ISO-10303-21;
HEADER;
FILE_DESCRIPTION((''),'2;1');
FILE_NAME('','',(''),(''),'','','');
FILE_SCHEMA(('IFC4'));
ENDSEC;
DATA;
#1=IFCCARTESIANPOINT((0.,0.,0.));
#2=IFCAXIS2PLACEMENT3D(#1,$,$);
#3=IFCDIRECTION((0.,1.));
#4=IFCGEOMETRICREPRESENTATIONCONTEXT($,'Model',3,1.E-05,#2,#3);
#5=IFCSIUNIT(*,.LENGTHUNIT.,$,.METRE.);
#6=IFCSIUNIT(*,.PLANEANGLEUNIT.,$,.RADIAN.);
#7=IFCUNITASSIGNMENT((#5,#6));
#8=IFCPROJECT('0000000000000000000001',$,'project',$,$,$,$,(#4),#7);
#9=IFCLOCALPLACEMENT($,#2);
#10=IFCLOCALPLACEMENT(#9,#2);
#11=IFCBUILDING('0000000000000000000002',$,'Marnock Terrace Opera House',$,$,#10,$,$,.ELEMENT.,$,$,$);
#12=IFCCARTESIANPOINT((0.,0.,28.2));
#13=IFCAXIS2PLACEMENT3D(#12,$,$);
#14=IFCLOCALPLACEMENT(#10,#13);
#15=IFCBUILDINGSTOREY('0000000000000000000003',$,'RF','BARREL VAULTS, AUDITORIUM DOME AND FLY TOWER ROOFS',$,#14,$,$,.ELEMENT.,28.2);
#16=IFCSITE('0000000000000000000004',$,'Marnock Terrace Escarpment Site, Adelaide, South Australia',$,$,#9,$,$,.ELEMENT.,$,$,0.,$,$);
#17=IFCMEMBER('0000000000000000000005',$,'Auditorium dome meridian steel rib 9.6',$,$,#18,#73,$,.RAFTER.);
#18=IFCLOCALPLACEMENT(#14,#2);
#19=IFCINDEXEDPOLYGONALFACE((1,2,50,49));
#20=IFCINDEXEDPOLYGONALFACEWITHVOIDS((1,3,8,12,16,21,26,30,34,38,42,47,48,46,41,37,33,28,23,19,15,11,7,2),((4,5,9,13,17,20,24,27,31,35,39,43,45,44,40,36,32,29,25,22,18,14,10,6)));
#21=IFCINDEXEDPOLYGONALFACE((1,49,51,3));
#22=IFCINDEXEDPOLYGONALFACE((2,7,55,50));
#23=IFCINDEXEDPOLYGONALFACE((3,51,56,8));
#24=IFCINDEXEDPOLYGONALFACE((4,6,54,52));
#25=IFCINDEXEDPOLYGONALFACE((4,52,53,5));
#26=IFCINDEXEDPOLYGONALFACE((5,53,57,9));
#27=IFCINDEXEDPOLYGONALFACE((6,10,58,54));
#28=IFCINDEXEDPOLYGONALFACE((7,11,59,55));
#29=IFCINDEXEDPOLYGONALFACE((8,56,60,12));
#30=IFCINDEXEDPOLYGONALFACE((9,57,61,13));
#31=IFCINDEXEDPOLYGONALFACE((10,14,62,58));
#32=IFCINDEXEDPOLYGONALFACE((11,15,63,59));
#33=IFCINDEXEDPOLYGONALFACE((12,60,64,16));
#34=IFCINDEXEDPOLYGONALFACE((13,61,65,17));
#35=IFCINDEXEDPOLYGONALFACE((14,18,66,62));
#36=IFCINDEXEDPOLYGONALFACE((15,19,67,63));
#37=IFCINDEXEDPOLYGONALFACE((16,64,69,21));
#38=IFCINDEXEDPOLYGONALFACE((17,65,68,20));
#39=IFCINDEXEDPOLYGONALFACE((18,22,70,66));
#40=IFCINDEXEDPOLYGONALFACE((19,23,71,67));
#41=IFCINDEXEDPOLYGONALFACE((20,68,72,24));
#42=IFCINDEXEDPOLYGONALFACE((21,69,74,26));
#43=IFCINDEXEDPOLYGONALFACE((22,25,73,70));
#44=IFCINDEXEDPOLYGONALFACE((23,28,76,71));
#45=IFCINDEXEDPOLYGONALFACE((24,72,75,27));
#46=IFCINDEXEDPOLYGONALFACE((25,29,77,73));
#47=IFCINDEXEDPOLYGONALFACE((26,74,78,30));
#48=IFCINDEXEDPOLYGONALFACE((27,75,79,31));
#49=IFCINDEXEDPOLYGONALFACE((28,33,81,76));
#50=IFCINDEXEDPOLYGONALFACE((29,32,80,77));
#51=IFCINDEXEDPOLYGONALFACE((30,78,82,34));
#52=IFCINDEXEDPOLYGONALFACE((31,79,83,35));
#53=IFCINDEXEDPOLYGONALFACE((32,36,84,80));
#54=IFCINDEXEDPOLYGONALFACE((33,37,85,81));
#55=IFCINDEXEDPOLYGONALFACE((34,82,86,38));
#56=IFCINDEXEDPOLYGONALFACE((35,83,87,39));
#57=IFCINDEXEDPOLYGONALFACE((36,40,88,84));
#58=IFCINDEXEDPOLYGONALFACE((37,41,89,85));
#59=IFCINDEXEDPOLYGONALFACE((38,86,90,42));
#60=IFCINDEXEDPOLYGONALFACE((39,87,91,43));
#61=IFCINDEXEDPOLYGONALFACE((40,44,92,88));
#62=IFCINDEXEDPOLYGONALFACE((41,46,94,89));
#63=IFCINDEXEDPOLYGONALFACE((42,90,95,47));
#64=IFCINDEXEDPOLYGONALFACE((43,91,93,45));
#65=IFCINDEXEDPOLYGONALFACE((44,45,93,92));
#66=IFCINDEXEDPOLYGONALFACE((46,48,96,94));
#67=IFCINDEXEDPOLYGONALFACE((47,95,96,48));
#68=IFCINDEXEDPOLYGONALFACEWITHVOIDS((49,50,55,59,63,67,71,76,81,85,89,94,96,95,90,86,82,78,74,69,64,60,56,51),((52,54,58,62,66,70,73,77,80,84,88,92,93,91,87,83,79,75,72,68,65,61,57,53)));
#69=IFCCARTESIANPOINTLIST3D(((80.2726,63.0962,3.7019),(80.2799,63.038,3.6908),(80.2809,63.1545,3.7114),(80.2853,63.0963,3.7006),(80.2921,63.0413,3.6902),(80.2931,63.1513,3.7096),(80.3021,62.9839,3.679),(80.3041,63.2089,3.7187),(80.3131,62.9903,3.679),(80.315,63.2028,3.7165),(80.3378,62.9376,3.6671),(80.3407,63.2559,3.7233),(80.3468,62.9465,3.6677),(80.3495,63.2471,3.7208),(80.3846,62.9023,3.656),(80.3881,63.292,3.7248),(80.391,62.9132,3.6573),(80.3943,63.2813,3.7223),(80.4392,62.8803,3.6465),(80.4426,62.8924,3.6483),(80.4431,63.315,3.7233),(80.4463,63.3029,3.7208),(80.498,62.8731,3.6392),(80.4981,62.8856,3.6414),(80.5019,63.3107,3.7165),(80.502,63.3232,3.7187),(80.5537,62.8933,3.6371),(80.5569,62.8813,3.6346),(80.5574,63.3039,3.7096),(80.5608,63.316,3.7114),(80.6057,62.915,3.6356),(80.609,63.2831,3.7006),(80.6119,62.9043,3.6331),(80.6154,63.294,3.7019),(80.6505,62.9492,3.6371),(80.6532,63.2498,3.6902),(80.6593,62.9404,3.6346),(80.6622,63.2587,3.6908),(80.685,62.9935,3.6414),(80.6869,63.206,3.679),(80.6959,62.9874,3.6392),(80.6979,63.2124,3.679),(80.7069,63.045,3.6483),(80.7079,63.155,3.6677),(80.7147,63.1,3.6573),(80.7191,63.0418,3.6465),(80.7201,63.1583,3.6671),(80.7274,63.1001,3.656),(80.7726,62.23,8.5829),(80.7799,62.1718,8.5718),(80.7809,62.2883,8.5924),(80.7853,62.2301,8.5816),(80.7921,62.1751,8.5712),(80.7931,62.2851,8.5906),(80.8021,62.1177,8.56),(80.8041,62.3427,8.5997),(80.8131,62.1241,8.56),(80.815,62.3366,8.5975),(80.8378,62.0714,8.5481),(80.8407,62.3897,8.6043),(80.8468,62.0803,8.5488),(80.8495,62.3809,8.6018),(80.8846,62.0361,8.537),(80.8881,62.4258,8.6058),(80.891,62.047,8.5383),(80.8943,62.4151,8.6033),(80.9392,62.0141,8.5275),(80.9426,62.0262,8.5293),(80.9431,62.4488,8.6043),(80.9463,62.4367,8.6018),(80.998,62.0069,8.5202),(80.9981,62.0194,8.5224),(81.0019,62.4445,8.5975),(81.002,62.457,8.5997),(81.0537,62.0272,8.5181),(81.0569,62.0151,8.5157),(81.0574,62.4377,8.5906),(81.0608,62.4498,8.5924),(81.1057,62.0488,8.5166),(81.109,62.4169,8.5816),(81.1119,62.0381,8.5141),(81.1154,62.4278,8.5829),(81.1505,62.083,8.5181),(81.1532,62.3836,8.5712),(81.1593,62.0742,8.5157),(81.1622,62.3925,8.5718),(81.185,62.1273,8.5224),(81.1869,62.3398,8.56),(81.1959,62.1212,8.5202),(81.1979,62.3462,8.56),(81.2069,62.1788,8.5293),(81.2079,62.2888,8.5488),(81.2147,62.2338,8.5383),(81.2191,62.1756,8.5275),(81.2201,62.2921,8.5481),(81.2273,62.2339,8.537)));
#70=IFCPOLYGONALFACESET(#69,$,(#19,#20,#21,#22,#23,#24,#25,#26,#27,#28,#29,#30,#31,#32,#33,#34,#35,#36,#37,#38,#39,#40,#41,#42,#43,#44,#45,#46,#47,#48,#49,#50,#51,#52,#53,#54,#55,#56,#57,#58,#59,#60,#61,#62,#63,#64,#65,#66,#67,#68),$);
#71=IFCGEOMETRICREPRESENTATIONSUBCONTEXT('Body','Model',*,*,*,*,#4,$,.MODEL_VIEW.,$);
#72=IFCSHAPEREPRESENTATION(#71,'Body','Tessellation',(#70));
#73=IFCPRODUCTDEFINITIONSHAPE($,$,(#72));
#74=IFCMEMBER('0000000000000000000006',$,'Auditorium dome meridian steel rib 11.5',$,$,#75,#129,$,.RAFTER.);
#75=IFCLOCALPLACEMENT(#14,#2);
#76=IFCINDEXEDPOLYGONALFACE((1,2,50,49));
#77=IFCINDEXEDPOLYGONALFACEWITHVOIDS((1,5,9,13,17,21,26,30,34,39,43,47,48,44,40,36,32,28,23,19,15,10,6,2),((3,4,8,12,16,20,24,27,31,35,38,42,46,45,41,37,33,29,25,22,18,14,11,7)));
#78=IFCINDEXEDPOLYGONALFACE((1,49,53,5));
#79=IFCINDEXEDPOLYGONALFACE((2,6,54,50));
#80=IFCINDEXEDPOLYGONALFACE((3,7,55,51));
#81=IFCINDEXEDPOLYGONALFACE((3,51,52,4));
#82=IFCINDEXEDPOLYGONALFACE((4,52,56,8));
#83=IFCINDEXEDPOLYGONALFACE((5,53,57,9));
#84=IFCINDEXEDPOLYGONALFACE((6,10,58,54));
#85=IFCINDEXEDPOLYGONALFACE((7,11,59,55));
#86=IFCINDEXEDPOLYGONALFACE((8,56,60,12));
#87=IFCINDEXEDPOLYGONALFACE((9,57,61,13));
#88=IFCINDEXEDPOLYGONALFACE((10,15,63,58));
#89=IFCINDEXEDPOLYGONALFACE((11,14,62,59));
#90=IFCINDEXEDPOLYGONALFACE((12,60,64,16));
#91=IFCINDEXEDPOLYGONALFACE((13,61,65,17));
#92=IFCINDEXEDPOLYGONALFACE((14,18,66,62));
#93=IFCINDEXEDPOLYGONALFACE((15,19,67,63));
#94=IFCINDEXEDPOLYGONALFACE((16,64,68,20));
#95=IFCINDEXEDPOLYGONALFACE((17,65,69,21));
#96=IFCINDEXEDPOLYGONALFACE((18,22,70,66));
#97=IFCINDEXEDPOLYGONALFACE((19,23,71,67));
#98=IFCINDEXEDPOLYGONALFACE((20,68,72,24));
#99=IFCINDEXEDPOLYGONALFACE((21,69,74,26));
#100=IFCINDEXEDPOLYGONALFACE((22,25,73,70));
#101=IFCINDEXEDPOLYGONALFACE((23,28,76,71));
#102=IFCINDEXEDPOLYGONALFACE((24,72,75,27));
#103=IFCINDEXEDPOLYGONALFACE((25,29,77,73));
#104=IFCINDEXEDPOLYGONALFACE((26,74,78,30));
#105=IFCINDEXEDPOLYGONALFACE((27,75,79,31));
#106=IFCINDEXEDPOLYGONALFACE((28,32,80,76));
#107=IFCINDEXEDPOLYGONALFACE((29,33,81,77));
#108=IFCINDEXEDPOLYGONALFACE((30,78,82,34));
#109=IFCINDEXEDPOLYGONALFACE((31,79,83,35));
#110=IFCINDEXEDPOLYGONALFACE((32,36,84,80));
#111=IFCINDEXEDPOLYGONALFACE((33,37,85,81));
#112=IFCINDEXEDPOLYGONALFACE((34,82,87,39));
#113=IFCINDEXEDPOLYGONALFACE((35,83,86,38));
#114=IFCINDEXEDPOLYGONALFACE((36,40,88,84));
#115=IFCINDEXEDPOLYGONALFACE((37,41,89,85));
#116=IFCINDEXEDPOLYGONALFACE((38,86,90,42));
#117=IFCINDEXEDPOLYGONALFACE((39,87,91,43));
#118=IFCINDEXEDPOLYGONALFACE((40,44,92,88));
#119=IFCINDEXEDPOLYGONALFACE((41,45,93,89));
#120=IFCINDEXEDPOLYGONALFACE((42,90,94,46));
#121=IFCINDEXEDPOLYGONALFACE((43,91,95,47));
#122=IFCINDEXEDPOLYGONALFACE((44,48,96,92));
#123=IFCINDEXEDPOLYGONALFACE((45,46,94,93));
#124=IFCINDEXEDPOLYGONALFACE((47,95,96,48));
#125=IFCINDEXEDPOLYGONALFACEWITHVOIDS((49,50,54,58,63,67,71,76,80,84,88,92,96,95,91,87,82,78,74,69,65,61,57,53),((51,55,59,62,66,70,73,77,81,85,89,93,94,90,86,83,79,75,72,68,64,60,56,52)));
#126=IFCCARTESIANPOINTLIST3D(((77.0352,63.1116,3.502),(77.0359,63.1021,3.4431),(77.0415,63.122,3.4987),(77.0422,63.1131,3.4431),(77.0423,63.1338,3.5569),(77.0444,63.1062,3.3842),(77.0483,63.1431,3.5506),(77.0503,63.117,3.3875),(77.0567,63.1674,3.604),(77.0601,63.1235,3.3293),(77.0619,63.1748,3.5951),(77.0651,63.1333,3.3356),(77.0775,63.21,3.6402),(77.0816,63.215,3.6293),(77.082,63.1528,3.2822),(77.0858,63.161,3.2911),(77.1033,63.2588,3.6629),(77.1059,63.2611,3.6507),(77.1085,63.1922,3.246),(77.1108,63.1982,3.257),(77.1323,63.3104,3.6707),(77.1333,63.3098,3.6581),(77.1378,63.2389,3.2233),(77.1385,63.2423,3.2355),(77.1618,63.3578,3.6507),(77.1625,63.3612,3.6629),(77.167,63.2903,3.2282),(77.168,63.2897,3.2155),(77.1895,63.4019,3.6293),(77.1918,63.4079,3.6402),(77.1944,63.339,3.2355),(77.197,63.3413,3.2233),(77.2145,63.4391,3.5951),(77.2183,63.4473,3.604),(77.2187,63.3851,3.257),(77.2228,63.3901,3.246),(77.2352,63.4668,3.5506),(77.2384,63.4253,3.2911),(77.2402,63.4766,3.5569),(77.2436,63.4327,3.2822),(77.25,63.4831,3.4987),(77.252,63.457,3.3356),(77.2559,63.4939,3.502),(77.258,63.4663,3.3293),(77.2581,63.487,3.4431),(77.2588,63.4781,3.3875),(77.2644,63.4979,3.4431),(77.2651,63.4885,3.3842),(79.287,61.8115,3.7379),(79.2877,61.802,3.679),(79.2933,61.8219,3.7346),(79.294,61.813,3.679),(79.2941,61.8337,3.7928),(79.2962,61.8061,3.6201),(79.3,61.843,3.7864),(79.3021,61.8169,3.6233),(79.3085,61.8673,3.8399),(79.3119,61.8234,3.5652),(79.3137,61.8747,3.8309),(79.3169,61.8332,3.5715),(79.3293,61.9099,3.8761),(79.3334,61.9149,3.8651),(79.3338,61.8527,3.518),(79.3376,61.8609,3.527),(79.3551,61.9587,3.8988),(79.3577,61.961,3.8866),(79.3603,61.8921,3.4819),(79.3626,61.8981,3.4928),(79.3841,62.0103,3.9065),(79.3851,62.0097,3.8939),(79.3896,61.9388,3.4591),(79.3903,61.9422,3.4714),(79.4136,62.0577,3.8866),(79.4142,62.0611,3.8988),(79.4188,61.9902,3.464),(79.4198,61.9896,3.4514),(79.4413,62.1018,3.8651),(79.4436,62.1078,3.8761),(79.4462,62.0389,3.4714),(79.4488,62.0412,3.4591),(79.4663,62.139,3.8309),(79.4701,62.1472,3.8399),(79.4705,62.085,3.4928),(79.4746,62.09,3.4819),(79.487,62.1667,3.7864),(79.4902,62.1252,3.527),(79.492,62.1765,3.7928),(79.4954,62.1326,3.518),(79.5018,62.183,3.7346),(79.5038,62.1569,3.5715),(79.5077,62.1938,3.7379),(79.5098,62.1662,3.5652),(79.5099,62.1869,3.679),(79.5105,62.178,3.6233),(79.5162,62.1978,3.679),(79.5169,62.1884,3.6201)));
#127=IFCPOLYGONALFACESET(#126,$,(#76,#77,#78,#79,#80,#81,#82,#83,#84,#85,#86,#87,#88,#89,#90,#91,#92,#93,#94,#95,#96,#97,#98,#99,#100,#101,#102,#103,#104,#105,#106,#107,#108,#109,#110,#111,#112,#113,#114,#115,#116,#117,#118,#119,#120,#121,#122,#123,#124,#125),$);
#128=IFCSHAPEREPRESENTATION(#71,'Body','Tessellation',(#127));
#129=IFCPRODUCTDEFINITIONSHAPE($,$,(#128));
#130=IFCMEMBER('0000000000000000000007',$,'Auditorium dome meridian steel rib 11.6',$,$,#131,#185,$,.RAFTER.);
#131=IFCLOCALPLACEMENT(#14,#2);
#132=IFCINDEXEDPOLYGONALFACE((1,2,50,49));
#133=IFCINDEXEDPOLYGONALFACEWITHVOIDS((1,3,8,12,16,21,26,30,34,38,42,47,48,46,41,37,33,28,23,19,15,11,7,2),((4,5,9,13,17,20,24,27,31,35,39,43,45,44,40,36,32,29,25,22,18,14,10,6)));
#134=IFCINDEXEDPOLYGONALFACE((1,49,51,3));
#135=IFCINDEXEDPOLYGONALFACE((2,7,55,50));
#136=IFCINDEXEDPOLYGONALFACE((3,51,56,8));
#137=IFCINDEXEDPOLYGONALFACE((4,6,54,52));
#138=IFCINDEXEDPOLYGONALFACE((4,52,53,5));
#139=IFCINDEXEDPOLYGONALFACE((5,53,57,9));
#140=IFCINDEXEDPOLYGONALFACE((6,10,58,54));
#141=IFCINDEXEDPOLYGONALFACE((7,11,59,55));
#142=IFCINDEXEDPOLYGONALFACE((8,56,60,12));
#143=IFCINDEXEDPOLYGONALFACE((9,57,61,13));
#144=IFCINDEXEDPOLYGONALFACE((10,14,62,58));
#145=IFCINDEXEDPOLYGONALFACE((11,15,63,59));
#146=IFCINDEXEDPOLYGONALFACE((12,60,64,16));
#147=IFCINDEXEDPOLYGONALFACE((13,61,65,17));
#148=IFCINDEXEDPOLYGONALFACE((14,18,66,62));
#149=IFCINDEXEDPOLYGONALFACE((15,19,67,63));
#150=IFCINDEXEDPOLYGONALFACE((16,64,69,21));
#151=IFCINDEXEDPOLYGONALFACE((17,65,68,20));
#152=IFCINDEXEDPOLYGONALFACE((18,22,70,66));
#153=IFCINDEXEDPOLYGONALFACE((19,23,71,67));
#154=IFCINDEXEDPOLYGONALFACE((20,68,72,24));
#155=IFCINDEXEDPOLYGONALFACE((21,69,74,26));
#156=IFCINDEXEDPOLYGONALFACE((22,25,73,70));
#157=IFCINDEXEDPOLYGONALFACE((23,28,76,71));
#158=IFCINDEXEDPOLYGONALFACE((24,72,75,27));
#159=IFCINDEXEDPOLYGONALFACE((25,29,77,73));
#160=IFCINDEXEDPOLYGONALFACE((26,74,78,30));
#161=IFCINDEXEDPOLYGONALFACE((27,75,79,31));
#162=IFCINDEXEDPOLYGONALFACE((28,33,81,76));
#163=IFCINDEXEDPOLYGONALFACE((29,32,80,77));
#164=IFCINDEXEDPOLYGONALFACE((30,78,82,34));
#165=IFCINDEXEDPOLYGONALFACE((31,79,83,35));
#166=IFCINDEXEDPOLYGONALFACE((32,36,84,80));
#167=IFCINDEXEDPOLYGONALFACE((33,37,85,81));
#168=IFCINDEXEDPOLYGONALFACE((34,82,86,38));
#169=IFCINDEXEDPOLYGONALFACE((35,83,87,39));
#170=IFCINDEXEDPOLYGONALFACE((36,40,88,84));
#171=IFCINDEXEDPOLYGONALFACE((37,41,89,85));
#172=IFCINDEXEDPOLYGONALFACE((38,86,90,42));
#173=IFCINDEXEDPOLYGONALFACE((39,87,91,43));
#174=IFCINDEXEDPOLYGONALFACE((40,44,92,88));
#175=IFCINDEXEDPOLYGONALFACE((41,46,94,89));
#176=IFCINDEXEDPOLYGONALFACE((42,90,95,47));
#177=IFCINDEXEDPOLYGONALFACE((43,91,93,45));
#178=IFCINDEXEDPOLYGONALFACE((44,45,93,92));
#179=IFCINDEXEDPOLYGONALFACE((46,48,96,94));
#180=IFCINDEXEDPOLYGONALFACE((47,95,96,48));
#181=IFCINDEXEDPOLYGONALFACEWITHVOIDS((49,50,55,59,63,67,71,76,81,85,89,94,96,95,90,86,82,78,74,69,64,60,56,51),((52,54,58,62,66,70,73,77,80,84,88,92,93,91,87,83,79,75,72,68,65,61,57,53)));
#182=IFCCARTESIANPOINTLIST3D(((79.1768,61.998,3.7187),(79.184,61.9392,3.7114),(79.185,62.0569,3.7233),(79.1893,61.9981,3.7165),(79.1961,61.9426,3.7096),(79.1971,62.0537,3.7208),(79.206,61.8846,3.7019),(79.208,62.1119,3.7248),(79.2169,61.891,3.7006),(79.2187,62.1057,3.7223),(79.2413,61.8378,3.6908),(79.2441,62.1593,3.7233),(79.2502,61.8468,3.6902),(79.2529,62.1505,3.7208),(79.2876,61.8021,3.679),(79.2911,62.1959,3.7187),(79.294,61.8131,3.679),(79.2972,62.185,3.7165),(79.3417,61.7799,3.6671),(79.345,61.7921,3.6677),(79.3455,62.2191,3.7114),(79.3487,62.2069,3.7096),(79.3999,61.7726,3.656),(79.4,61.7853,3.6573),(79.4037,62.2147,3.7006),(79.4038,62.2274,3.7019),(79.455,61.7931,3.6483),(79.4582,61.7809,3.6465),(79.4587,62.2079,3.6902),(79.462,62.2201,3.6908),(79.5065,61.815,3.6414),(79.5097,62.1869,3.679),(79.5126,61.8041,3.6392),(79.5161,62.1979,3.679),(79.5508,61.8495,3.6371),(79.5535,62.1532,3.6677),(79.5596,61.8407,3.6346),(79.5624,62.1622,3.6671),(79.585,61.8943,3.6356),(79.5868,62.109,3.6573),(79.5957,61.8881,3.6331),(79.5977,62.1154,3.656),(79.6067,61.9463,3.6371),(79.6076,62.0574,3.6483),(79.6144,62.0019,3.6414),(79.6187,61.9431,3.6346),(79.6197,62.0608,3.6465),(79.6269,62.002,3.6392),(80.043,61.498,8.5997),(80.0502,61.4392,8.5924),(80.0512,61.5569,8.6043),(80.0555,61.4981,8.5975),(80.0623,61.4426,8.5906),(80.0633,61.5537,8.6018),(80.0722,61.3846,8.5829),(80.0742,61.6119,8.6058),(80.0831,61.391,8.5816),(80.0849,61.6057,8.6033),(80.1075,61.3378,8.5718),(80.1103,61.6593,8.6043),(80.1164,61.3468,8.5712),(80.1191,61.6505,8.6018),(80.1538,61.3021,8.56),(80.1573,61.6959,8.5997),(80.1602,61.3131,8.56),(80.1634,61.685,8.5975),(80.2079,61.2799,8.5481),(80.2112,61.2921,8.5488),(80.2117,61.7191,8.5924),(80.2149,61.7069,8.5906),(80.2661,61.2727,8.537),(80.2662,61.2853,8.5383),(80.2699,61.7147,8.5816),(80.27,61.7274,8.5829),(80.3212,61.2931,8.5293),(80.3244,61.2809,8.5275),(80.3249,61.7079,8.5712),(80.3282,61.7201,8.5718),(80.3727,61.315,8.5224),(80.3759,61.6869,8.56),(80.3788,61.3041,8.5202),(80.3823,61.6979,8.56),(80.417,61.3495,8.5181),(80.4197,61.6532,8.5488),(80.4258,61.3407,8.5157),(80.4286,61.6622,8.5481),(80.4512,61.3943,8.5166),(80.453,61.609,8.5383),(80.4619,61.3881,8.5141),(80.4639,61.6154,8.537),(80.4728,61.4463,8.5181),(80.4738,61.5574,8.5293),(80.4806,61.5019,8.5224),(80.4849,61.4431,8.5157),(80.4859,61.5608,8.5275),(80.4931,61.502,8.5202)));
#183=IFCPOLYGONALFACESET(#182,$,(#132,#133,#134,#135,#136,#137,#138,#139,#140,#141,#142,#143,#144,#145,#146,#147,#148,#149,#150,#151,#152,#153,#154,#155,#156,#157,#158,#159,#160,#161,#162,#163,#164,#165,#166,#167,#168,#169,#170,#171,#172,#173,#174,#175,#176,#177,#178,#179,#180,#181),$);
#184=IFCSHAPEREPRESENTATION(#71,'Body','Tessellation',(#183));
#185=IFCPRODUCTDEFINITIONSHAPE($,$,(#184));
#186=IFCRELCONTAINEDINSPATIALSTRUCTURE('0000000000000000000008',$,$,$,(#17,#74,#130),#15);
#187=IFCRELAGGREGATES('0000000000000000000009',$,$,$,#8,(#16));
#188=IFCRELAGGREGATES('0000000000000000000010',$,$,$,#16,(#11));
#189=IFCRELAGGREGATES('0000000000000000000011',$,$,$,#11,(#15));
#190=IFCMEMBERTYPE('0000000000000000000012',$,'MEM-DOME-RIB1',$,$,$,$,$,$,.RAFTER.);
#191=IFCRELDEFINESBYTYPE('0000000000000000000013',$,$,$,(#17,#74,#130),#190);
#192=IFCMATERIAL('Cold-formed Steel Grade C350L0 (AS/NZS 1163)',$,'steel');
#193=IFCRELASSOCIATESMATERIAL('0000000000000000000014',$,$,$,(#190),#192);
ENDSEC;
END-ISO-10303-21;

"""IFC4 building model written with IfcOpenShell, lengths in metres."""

from ifc_helpers import new_model, si_unit, direction, frame, origin, origin_2d, place, context, subcontext, project, spatial, hollow_circle, extrude, material, material_profile, profile_set, type_object, element, save


model = new_model("IFC4")

# Units and contexts
model_context = context("Model", 3, precision=1e-05, world=origin(), true_north=direction((0.0, 1.0)))
body_context = subcontext(model_context, "Body", "Model", "MODEL_VIEW")
ifc_project = project(units=[si_unit("LENGTHUNIT", "METRE"), si_unit("PLANEANGLEUNIT", "RADIAN")], contexts=[model_context])

# Site, building, storey
site_placement = place(None, origin())
site = spatial("IfcSite", under=ifc_project, at=site_placement, Name="Marnock Terrace Escarpment Site, Adelaide, South Australia", CompositionType="ELEMENT", RefElevation=0.0)
building_placement = place(site_placement, origin())
building = spatial("IfcBuilding", under=site, at=building_placement, Name="Marnock Terrace Opera House", CompositionType="ELEMENT")
storey_placement = place(building_placement, frame((0.0, 0.0, 28.2)))
storey = spatial("IfcBuildingStorey", under=building, at=storey_placement, Name="RF", Description="BARREL VAULTS, AUDITORIUM DOME AND FLY TOWER ROOFS", CompositionType="ELEMENT", Elevation=28.2)

# Members
ifc_material_1 = material(Name="Cold-formed Steel Grade C350L0 (AS/NZS 1163)", Category="steel")
ifc_material_profile_1 = material_profile(ifc_material_1, hollow_circle(Radius=0.2285, WallThickness=0.0127, at=origin_2d()))
ifc_profile_set_1 = profile_set([ifc_material_profile_1], Name="Cold-formed Steel Grade C350L0 (AS/NZS 1163)")
member_type_1 = type_object("IfcMemberType", Name="MEM-DOME-RIB1", PredefinedType="RAFTER", material=ifc_profile_set_1)
member_1_placement = place(storey_placement, frame((80.5, 63.0981, 3.679), z_axis=(0.100351, -0.17385, 0.979646), x_axis=(0.866072, 0.49992, 0.0)))
element("IfcMember", 1, at=member_1_placement, inside=storey, type_object=member_type_1, Name="Auditorium dome meridian steel rib 9.6", PredefinedType="RAFTER", context=body_context, shape_type="SweptSolid", body=[
    extrude(hollow_circle(Radius=0.2285, WallThickness=0.0127, at=origin_2d()), origin(), (0.0, 0.0, 1.0), 4.9824),
])
member_2_placement = place(storey_placement, frame((77.1501, 63.3, 3.4431), z_axis=(0.862481, -0.497963, 0.090335), x_axis=(0.500007, 0.866021, 0.0)))
element("IfcMember", 2, at=member_2_placement, inside=storey, type_object=member_type_1, Name="Auditorium dome meridian steel rib 11.5", PredefinedType="RAFTER", context=body_context, shape_type="SweptSolid", body=[
    extrude(hollow_circle(Radius=0.2285, WallThickness=0.0127, at=origin_2d()), origin(), (0.0, 0.0, 1.0), 2.6108),
])
member_3_placement = place(storey_placement, frame((79.4019, 62.0, 3.679), z_axis=(0.17385, -0.100351, 0.979646), x_axis=(0.49992, 0.866072, 0.0)))
element("IfcMember", 3, at=member_3_placement, inside=storey, type_object=member_type_1, Name="Auditorium dome meridian steel rib 11.6", PredefinedType="RAFTER", context=body_context, shape_type="SweptSolid", body=[
    extrude(hollow_circle(Radius=0.2285, WallThickness=0.0127, at=origin_2d()), origin(), (0.0, 0.0, 1.0), 4.9824),
])

save(model, "model.ifc")
